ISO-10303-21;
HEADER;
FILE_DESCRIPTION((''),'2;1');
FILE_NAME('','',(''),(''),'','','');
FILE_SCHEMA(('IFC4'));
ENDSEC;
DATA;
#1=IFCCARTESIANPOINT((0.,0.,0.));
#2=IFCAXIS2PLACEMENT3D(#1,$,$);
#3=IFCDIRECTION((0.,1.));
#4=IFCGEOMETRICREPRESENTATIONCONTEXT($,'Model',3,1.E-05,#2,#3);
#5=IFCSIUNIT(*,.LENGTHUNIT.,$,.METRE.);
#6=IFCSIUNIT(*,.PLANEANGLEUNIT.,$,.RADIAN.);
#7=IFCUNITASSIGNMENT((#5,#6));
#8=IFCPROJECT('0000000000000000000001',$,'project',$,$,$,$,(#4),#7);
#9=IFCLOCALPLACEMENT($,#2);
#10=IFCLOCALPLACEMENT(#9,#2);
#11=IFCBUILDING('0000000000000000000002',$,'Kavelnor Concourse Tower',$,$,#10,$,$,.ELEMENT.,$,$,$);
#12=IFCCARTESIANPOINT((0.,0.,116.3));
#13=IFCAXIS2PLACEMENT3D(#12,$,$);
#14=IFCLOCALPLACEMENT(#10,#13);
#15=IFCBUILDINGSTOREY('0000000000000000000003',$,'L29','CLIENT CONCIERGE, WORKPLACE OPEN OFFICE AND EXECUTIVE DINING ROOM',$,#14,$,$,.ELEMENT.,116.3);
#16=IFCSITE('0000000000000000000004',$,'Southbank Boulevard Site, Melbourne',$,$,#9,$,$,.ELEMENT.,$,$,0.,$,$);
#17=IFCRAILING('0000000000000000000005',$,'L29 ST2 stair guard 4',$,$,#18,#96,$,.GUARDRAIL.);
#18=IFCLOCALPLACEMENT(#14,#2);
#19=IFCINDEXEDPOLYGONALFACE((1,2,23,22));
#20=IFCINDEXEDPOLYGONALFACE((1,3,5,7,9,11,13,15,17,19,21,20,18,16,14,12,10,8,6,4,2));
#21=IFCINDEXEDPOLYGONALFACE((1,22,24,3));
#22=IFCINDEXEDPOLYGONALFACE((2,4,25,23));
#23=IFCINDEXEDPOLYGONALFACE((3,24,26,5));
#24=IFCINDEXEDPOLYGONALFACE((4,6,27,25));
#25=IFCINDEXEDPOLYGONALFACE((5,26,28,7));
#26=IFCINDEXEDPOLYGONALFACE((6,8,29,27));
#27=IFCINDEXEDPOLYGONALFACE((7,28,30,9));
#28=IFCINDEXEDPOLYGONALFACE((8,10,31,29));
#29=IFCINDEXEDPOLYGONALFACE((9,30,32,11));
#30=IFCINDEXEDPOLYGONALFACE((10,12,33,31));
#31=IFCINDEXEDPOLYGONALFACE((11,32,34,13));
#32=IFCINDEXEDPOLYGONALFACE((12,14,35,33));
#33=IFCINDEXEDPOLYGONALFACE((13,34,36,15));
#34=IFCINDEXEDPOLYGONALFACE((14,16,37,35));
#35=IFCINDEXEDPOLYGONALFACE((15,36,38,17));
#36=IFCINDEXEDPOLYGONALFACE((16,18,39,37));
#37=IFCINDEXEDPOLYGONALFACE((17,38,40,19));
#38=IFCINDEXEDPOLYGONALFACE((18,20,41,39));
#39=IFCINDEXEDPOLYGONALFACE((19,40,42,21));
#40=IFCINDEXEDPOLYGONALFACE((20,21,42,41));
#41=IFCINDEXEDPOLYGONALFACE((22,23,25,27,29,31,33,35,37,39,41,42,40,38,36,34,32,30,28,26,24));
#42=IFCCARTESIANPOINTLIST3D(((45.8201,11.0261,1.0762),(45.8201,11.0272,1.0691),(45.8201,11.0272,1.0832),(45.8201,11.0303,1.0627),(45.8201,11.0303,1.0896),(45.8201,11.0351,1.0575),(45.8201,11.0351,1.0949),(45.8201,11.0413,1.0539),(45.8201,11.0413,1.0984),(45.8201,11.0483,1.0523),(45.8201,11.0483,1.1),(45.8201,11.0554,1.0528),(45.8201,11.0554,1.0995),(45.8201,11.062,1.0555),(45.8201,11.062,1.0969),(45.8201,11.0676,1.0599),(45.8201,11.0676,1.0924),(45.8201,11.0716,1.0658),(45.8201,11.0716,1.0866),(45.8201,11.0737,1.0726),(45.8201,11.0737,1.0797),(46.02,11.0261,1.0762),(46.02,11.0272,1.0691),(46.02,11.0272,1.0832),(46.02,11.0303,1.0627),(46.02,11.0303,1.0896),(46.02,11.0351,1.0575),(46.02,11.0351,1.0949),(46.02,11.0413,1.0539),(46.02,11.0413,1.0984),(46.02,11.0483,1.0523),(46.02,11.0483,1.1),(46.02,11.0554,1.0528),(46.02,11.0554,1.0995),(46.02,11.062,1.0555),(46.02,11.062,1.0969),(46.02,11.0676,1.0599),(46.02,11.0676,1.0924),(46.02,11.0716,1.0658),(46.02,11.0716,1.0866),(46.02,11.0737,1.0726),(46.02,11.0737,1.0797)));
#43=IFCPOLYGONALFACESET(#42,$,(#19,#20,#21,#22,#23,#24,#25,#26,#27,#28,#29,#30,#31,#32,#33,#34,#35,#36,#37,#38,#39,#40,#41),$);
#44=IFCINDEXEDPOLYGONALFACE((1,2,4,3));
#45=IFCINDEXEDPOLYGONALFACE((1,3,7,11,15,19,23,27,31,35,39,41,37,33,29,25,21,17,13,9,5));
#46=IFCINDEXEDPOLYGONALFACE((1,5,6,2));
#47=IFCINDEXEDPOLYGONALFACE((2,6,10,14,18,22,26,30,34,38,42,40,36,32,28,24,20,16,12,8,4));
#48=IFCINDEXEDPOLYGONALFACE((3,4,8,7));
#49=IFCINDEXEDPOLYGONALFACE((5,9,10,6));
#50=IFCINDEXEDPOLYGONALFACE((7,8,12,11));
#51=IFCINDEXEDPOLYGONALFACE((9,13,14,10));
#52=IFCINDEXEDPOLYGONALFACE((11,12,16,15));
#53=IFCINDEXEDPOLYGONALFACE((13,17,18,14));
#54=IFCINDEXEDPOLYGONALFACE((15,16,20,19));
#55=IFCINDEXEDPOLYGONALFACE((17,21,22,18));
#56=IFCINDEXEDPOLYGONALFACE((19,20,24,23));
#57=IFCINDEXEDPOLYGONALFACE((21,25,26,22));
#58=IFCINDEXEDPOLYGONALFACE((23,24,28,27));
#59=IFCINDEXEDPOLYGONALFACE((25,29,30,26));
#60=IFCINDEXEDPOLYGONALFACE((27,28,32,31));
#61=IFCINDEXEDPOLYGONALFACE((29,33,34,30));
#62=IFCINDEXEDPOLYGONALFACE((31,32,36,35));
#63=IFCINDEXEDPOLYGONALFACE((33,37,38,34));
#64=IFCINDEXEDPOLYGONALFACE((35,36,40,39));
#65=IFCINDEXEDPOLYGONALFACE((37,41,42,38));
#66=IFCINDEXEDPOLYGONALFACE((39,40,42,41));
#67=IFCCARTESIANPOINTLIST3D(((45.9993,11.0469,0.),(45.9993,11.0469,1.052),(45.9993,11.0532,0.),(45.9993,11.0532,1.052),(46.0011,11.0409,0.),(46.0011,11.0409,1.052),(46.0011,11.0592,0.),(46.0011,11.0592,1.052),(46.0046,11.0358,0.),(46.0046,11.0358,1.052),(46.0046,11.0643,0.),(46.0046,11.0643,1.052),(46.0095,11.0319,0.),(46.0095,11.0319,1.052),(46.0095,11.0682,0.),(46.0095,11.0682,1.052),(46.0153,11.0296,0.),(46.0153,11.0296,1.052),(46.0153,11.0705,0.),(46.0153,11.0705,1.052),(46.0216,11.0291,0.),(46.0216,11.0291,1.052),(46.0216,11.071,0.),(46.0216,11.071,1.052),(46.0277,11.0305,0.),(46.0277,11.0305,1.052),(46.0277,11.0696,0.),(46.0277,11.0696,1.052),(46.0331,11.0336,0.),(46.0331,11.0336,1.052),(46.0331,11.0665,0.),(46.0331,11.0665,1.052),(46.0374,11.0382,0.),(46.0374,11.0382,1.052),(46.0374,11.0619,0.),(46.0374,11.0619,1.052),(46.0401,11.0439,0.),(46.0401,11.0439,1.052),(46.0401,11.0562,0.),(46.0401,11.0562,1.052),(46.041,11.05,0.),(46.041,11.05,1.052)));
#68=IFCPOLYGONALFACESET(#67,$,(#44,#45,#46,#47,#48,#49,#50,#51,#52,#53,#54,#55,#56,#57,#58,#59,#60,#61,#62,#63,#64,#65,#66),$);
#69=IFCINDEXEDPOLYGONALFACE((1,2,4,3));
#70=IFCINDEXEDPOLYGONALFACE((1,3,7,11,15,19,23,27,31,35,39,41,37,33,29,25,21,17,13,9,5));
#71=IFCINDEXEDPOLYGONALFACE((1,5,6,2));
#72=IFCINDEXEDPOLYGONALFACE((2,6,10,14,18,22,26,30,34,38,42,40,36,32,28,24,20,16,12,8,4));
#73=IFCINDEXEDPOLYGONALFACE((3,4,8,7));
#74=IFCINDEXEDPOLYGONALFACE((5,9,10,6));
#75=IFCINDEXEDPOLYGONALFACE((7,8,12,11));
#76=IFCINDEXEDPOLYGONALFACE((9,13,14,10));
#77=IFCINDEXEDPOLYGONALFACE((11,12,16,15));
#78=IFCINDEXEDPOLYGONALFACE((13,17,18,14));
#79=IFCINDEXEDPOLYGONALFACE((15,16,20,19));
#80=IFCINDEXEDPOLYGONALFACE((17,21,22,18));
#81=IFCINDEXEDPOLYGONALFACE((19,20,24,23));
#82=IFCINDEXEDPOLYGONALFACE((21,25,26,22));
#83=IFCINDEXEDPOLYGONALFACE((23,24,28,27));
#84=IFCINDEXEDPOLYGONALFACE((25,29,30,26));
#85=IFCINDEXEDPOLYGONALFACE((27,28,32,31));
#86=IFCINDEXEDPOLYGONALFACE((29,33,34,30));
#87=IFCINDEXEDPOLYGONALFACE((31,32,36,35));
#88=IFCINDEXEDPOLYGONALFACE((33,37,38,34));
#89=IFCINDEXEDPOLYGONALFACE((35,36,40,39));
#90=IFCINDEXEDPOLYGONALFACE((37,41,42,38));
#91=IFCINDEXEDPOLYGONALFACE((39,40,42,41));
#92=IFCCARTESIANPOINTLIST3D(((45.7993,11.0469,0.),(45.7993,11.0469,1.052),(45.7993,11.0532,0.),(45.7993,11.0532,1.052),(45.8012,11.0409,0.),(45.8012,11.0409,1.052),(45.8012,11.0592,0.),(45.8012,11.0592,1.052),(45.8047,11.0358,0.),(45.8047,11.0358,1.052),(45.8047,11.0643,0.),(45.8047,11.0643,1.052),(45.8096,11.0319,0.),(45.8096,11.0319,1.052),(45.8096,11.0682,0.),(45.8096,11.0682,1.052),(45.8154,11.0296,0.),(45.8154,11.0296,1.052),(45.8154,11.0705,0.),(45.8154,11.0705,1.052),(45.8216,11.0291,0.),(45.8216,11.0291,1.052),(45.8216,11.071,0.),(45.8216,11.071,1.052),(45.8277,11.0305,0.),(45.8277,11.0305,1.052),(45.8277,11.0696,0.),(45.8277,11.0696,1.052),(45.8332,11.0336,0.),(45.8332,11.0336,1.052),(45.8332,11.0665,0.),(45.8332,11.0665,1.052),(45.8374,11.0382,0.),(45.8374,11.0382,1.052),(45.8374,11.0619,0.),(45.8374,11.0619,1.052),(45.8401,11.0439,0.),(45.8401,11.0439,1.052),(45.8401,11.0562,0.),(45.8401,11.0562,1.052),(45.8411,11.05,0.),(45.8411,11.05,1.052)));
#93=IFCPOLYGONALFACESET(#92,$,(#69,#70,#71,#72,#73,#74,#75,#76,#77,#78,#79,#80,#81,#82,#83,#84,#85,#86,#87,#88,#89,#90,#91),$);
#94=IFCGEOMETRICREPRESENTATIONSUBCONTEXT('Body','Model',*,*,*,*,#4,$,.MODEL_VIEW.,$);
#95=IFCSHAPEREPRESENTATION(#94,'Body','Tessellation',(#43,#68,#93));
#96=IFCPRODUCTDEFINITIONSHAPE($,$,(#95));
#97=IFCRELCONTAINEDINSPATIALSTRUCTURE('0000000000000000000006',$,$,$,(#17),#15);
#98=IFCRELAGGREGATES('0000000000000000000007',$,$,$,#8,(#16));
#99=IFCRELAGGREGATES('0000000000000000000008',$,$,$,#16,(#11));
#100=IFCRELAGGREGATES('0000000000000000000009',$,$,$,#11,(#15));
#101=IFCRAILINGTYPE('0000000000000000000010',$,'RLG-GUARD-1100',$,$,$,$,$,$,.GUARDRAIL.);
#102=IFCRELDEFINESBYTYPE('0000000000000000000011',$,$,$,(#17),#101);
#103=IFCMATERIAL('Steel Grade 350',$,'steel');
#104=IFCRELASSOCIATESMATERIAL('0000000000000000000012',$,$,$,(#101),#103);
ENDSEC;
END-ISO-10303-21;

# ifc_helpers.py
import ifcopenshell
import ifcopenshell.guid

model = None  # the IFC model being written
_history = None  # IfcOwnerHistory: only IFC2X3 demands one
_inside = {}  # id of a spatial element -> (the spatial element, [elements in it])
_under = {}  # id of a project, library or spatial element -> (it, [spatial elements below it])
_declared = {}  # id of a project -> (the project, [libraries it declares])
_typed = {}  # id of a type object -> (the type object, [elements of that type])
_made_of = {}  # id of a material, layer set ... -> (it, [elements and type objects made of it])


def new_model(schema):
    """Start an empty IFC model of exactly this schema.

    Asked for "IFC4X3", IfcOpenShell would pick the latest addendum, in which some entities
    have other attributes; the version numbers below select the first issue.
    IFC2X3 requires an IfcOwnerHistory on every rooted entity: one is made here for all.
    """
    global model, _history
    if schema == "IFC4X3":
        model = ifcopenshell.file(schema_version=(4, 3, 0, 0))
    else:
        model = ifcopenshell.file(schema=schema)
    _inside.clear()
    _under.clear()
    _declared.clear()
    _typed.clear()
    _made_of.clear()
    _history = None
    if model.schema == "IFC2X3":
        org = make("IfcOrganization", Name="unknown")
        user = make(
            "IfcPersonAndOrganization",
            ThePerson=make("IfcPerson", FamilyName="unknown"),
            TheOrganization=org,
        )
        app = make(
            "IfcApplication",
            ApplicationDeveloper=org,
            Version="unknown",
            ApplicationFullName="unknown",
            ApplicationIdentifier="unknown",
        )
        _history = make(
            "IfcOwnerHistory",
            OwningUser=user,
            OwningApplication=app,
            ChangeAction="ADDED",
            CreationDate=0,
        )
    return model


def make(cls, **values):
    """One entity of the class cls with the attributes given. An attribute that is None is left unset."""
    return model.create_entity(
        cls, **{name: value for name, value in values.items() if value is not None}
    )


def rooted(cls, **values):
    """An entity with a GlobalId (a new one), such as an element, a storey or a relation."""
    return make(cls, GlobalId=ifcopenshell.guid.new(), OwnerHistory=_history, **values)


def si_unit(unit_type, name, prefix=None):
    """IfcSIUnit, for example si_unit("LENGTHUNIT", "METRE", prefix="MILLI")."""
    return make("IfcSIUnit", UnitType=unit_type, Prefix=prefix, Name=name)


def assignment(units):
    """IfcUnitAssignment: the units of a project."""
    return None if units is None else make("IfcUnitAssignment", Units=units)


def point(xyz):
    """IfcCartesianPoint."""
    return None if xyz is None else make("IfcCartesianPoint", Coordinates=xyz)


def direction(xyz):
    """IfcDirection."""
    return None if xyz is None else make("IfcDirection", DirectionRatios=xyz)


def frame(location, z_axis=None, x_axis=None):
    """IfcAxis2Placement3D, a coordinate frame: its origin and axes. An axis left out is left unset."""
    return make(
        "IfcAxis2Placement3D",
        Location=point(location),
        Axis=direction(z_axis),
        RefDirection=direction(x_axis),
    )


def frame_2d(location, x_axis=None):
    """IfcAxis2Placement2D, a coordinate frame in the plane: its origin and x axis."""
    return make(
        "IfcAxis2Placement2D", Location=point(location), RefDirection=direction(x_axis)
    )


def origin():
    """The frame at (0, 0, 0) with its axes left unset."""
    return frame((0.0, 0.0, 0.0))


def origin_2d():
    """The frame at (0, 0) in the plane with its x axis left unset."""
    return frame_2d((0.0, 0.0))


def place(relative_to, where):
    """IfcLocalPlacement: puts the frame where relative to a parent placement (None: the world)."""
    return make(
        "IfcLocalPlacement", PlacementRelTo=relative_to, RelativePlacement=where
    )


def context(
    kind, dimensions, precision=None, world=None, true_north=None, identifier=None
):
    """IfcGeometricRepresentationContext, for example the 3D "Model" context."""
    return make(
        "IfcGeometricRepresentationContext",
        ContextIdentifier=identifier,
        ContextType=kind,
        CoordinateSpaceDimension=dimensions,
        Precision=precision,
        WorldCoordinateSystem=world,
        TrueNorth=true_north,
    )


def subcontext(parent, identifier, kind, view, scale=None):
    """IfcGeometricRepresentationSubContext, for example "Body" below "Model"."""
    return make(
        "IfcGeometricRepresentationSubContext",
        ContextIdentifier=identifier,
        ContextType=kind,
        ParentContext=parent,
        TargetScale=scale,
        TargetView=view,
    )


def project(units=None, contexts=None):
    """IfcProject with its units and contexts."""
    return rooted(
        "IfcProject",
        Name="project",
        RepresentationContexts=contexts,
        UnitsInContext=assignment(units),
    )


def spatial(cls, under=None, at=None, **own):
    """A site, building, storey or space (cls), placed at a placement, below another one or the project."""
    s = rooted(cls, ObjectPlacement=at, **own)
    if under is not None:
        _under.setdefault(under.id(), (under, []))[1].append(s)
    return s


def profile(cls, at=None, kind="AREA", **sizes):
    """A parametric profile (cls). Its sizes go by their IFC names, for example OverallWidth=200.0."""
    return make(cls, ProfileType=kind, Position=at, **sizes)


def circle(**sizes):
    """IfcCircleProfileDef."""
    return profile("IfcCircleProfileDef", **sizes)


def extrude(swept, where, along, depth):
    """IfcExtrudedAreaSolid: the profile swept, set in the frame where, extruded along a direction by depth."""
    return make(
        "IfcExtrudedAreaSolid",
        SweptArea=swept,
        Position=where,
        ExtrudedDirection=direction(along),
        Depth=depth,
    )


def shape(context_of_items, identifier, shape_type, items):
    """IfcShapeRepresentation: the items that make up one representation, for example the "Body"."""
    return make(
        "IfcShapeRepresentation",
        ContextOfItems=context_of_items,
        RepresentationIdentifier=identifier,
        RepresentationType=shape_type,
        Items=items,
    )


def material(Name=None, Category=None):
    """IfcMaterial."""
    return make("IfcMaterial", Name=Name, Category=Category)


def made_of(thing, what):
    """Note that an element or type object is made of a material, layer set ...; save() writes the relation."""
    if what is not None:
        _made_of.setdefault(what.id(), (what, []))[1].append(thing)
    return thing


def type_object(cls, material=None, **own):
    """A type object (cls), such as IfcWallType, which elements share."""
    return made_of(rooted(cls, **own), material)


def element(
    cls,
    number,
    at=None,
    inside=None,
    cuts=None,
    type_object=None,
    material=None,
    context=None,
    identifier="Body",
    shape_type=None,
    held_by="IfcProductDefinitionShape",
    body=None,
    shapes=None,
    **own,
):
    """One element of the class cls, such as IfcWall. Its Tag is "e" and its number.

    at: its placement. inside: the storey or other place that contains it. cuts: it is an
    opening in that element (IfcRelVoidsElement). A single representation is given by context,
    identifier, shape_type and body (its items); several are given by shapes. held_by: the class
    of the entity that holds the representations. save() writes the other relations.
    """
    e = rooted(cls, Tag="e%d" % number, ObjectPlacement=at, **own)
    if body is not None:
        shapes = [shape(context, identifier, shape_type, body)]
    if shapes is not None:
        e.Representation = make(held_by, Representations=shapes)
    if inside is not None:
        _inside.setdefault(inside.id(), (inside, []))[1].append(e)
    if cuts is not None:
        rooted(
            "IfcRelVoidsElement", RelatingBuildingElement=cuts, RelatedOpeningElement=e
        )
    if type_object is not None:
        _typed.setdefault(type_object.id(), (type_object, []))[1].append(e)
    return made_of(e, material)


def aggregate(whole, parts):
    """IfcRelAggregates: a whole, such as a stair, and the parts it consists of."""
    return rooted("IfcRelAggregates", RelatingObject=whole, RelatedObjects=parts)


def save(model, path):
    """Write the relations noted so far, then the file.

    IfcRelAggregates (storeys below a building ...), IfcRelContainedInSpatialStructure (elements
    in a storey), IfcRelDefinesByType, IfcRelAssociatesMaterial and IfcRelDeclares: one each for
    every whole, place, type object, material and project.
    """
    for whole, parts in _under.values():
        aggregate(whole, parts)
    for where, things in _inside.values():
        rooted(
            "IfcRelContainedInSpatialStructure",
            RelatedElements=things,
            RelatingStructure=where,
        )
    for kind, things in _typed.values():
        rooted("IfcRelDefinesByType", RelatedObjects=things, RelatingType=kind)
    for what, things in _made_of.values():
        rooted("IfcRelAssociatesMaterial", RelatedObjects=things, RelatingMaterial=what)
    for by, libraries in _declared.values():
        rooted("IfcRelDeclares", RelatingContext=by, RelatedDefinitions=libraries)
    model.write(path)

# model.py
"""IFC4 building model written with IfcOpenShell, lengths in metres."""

from ifc_helpers import new_model, si_unit, direction, frame, origin, origin_2d, place, context, subcontext, project, spatial, circle, extrude, material, type_object, element, save


model = new_model("IFC4")

# Units and contexts
model_context = context("Model", 3, precision=1e-05, world=origin(), true_north=direction((0.0, 1.0)))
body_context = subcontext(model_context, "Body", "Model", "MODEL_VIEW")
ifc_project = project(units=[si_unit("LENGTHUNIT", "METRE"), si_unit("PLANEANGLEUNIT", "RADIAN")], contexts=[model_context])

# Site, building, storey
site_placement = place(None, origin())
site = spatial("IfcSite", under=ifc_project, at=site_placement, Name="Southbank Boulevard Site, Melbourne", CompositionType="ELEMENT", RefElevation=0.0)
building_placement = place(site_placement, origin())
building = spatial("IfcBuilding", under=site, at=building_placement, Name="Kavelnor Concourse Tower", CompositionType="ELEMENT")
storey_placement = place(building_placement, frame((0.0, 0.0, 116.3)))
storey = spatial("IfcBuildingStorey", under=building, at=storey_placement, Name="L29", Description="CLIENT CONCIERGE, WORKPLACE OPEN OFFICE AND EXECUTIVE DINING ROOM", CompositionType="ELEMENT", Elevation=116.3)

# Shared definitions
ifc_material_1 = material(Name="Steel Grade 350", Category="steel")

# Railing
railing_type_1 = type_object("IfcRailingType", Name="RLG-GUARD-1100", PredefinedType="GUARDRAIL", material=ifc_material_1)
railing_1_placement = place(storey_placement, frame((46.02, 11.05, 0.0)))
element("IfcRailing", 1, at=railing_1_placement, inside=storey, type_object=railing_type_1, Name="L29 ST2 stair guard 4", PredefinedType="GUARDRAIL", context=body_context, shape_type="SweptSolid", body=[
    extrude(circle(Radius=0.0239, at=origin_2d()), frame((0.0, 0.0, 1.0762), z_axis=(-1.0, 0.0, 0.0), x_axis=(0.0, -1.0, 0.0)), (0.0, 0.0, 1.0), 0.2),
    extrude(circle(Radius=0.021, at=origin_2d()), origin(), (0.0, 0.0, 1.0), 1.052),
    extrude(circle(Radius=0.021, at=origin_2d()), frame((-0.2, 0.0, 0.0)), (0.0, 0.0, 1.0), 1.052),
])

save(model, "model.ifc")
